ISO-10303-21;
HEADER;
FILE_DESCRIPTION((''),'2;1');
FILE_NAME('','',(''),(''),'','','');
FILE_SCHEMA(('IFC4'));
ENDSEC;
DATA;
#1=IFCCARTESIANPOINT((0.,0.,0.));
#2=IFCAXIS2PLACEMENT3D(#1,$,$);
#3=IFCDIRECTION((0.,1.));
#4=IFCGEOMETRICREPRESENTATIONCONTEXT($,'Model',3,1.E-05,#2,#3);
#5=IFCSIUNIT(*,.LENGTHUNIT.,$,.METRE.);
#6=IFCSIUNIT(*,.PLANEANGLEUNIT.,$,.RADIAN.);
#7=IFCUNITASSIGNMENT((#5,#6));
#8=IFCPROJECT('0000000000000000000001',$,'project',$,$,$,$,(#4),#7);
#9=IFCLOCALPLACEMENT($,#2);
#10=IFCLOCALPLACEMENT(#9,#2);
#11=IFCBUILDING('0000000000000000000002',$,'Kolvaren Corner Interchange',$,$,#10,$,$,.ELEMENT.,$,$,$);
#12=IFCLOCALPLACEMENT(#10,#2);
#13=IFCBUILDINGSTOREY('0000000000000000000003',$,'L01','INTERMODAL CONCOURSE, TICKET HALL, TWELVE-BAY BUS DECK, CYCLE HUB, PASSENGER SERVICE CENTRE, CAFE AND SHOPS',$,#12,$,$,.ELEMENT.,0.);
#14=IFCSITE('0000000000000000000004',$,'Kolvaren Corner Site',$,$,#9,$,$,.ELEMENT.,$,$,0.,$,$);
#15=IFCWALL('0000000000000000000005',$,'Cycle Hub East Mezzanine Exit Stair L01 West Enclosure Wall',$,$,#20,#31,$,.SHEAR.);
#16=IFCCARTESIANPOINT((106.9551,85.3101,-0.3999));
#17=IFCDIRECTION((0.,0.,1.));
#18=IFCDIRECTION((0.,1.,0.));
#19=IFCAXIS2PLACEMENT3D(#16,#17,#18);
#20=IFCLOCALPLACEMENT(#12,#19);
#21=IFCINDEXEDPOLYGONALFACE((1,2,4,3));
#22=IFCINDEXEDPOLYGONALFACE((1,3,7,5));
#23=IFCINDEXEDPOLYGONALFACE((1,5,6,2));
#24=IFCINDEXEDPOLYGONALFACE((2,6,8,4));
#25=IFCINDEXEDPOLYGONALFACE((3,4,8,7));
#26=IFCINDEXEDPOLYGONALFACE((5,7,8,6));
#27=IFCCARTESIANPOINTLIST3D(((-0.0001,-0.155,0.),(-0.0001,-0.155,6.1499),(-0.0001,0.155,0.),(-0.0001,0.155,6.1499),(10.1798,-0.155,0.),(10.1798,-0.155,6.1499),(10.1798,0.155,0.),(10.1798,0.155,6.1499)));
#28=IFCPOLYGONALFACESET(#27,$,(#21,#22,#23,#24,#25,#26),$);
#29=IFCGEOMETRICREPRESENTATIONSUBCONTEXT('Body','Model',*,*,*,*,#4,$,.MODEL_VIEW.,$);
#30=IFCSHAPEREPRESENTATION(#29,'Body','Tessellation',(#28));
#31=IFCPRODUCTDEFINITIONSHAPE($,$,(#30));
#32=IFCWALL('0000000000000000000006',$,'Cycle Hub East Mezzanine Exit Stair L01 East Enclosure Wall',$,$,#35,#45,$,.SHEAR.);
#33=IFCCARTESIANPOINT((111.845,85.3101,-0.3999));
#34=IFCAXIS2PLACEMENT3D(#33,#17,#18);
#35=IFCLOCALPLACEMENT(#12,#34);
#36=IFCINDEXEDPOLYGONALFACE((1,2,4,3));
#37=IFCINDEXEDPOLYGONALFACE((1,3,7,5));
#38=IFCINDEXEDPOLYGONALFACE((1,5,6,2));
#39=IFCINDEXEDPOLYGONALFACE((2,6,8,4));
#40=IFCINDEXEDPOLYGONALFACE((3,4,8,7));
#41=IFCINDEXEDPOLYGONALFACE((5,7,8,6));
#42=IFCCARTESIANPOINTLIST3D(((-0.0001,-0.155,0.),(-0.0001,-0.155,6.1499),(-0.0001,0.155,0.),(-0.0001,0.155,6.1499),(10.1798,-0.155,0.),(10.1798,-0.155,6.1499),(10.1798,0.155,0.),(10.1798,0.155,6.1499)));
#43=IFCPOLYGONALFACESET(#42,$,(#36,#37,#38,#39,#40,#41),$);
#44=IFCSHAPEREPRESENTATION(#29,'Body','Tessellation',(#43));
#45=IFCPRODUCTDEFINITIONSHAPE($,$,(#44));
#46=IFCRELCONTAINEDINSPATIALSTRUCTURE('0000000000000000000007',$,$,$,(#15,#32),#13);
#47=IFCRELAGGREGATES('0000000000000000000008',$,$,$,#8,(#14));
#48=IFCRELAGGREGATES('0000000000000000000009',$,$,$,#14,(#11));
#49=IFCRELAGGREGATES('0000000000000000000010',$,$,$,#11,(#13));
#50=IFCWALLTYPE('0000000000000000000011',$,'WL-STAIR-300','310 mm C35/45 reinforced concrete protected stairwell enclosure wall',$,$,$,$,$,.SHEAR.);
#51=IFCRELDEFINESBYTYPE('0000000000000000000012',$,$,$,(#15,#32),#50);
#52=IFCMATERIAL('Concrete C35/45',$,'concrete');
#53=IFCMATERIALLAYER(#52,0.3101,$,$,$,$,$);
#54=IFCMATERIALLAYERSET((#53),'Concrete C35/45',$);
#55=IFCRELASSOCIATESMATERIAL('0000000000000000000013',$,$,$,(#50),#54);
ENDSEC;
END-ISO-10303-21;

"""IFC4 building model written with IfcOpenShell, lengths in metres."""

from ifc_helpers import new_model, si_unit, direction, frame, frame_2d, origin, place, context, subcontext, project, spatial, rectangle, extrude, material, layer, layer_set, type_object, element, save


model = new_model("IFC4")

# Units and contexts
model_context = context("Model", 3, precision=1e-05, world=origin(), true_north=direction((0.0, 1.0)))
body_context = subcontext(model_context, "Body", "Model", "MODEL_VIEW")
ifc_project = project(units=[si_unit("LENGTHUNIT", "METRE"), si_unit("PLANEANGLEUNIT", "RADIAN")], contexts=[model_context])

# Site, building, storey
site_placement = place(None, origin())
site = spatial("IfcSite", under=ifc_project, at=site_placement, Name="Kolvaren Corner Site", CompositionType="ELEMENT", RefElevation=0.0)
building_placement = place(site_placement, origin())
building = spatial("IfcBuilding", under=site, at=building_placement, Name="Kolvaren Corner Interchange", CompositionType="ELEMENT")
storey_placement = place(building_placement, origin())
storey = spatial("IfcBuildingStorey", under=building, at=storey_placement, Name="L01", Description="INTERMODAL CONCOURSE, TICKET HALL, TWELVE-BAY BUS DECK, CYCLE HUB, PASSENGER SERVICE CENTRE, CAFE AND SHOPS", CompositionType="ELEMENT", Elevation=0.0)

# Walls
ifc_material_1 = material(Name="Concrete C35/45", Category="concrete")
ifc_layer_1 = layer(ifc_material_1, 0.3101)
ifc_layer_set_1 = layer_set([ifc_layer_1], Name="Concrete C35/45")
wall_type_1 = type_object("IfcWallType", Name="WL-STAIR-300", Description="310 mm C35/45 reinforced concrete protected stairwell enclosure wall", PredefinedType="SHEAR", material=ifc_layer_set_1)
for number, where, z_axis, x_axis, name in (
    (1, (106.9551, 85.3101, -0.3999), (0.0, 0.0, 1.0), (0.0, 1.0, 0.0), "Cycle Hub East Mezzanine Exit Stair L01 West Enclosure Wall"),
    (2, (111.845, 85.3101, -0.3999), (0.0, 0.0, 1.0), (0.0, 1.0, 0.0), "Cycle Hub East Mezzanine Exit Stair L01 East Enclosure Wall"),
):
    element("IfcWall", number, at=place(storey_placement, frame(where, z_axis=z_axis, x_axis=x_axis)), inside=storey, type_object=wall_type_1, Name=name, PredefinedType="SHEAR", context=body_context, shape_type="SweptSolid", body=[
        extrude(rectangle(XDim=10.1799, YDim=0.3101, at=frame_2d((5.0898, 0.0))), origin(), (0.0, 0.0, 1.0), 6.1499),
    ])

save(model, "model.ifc")
